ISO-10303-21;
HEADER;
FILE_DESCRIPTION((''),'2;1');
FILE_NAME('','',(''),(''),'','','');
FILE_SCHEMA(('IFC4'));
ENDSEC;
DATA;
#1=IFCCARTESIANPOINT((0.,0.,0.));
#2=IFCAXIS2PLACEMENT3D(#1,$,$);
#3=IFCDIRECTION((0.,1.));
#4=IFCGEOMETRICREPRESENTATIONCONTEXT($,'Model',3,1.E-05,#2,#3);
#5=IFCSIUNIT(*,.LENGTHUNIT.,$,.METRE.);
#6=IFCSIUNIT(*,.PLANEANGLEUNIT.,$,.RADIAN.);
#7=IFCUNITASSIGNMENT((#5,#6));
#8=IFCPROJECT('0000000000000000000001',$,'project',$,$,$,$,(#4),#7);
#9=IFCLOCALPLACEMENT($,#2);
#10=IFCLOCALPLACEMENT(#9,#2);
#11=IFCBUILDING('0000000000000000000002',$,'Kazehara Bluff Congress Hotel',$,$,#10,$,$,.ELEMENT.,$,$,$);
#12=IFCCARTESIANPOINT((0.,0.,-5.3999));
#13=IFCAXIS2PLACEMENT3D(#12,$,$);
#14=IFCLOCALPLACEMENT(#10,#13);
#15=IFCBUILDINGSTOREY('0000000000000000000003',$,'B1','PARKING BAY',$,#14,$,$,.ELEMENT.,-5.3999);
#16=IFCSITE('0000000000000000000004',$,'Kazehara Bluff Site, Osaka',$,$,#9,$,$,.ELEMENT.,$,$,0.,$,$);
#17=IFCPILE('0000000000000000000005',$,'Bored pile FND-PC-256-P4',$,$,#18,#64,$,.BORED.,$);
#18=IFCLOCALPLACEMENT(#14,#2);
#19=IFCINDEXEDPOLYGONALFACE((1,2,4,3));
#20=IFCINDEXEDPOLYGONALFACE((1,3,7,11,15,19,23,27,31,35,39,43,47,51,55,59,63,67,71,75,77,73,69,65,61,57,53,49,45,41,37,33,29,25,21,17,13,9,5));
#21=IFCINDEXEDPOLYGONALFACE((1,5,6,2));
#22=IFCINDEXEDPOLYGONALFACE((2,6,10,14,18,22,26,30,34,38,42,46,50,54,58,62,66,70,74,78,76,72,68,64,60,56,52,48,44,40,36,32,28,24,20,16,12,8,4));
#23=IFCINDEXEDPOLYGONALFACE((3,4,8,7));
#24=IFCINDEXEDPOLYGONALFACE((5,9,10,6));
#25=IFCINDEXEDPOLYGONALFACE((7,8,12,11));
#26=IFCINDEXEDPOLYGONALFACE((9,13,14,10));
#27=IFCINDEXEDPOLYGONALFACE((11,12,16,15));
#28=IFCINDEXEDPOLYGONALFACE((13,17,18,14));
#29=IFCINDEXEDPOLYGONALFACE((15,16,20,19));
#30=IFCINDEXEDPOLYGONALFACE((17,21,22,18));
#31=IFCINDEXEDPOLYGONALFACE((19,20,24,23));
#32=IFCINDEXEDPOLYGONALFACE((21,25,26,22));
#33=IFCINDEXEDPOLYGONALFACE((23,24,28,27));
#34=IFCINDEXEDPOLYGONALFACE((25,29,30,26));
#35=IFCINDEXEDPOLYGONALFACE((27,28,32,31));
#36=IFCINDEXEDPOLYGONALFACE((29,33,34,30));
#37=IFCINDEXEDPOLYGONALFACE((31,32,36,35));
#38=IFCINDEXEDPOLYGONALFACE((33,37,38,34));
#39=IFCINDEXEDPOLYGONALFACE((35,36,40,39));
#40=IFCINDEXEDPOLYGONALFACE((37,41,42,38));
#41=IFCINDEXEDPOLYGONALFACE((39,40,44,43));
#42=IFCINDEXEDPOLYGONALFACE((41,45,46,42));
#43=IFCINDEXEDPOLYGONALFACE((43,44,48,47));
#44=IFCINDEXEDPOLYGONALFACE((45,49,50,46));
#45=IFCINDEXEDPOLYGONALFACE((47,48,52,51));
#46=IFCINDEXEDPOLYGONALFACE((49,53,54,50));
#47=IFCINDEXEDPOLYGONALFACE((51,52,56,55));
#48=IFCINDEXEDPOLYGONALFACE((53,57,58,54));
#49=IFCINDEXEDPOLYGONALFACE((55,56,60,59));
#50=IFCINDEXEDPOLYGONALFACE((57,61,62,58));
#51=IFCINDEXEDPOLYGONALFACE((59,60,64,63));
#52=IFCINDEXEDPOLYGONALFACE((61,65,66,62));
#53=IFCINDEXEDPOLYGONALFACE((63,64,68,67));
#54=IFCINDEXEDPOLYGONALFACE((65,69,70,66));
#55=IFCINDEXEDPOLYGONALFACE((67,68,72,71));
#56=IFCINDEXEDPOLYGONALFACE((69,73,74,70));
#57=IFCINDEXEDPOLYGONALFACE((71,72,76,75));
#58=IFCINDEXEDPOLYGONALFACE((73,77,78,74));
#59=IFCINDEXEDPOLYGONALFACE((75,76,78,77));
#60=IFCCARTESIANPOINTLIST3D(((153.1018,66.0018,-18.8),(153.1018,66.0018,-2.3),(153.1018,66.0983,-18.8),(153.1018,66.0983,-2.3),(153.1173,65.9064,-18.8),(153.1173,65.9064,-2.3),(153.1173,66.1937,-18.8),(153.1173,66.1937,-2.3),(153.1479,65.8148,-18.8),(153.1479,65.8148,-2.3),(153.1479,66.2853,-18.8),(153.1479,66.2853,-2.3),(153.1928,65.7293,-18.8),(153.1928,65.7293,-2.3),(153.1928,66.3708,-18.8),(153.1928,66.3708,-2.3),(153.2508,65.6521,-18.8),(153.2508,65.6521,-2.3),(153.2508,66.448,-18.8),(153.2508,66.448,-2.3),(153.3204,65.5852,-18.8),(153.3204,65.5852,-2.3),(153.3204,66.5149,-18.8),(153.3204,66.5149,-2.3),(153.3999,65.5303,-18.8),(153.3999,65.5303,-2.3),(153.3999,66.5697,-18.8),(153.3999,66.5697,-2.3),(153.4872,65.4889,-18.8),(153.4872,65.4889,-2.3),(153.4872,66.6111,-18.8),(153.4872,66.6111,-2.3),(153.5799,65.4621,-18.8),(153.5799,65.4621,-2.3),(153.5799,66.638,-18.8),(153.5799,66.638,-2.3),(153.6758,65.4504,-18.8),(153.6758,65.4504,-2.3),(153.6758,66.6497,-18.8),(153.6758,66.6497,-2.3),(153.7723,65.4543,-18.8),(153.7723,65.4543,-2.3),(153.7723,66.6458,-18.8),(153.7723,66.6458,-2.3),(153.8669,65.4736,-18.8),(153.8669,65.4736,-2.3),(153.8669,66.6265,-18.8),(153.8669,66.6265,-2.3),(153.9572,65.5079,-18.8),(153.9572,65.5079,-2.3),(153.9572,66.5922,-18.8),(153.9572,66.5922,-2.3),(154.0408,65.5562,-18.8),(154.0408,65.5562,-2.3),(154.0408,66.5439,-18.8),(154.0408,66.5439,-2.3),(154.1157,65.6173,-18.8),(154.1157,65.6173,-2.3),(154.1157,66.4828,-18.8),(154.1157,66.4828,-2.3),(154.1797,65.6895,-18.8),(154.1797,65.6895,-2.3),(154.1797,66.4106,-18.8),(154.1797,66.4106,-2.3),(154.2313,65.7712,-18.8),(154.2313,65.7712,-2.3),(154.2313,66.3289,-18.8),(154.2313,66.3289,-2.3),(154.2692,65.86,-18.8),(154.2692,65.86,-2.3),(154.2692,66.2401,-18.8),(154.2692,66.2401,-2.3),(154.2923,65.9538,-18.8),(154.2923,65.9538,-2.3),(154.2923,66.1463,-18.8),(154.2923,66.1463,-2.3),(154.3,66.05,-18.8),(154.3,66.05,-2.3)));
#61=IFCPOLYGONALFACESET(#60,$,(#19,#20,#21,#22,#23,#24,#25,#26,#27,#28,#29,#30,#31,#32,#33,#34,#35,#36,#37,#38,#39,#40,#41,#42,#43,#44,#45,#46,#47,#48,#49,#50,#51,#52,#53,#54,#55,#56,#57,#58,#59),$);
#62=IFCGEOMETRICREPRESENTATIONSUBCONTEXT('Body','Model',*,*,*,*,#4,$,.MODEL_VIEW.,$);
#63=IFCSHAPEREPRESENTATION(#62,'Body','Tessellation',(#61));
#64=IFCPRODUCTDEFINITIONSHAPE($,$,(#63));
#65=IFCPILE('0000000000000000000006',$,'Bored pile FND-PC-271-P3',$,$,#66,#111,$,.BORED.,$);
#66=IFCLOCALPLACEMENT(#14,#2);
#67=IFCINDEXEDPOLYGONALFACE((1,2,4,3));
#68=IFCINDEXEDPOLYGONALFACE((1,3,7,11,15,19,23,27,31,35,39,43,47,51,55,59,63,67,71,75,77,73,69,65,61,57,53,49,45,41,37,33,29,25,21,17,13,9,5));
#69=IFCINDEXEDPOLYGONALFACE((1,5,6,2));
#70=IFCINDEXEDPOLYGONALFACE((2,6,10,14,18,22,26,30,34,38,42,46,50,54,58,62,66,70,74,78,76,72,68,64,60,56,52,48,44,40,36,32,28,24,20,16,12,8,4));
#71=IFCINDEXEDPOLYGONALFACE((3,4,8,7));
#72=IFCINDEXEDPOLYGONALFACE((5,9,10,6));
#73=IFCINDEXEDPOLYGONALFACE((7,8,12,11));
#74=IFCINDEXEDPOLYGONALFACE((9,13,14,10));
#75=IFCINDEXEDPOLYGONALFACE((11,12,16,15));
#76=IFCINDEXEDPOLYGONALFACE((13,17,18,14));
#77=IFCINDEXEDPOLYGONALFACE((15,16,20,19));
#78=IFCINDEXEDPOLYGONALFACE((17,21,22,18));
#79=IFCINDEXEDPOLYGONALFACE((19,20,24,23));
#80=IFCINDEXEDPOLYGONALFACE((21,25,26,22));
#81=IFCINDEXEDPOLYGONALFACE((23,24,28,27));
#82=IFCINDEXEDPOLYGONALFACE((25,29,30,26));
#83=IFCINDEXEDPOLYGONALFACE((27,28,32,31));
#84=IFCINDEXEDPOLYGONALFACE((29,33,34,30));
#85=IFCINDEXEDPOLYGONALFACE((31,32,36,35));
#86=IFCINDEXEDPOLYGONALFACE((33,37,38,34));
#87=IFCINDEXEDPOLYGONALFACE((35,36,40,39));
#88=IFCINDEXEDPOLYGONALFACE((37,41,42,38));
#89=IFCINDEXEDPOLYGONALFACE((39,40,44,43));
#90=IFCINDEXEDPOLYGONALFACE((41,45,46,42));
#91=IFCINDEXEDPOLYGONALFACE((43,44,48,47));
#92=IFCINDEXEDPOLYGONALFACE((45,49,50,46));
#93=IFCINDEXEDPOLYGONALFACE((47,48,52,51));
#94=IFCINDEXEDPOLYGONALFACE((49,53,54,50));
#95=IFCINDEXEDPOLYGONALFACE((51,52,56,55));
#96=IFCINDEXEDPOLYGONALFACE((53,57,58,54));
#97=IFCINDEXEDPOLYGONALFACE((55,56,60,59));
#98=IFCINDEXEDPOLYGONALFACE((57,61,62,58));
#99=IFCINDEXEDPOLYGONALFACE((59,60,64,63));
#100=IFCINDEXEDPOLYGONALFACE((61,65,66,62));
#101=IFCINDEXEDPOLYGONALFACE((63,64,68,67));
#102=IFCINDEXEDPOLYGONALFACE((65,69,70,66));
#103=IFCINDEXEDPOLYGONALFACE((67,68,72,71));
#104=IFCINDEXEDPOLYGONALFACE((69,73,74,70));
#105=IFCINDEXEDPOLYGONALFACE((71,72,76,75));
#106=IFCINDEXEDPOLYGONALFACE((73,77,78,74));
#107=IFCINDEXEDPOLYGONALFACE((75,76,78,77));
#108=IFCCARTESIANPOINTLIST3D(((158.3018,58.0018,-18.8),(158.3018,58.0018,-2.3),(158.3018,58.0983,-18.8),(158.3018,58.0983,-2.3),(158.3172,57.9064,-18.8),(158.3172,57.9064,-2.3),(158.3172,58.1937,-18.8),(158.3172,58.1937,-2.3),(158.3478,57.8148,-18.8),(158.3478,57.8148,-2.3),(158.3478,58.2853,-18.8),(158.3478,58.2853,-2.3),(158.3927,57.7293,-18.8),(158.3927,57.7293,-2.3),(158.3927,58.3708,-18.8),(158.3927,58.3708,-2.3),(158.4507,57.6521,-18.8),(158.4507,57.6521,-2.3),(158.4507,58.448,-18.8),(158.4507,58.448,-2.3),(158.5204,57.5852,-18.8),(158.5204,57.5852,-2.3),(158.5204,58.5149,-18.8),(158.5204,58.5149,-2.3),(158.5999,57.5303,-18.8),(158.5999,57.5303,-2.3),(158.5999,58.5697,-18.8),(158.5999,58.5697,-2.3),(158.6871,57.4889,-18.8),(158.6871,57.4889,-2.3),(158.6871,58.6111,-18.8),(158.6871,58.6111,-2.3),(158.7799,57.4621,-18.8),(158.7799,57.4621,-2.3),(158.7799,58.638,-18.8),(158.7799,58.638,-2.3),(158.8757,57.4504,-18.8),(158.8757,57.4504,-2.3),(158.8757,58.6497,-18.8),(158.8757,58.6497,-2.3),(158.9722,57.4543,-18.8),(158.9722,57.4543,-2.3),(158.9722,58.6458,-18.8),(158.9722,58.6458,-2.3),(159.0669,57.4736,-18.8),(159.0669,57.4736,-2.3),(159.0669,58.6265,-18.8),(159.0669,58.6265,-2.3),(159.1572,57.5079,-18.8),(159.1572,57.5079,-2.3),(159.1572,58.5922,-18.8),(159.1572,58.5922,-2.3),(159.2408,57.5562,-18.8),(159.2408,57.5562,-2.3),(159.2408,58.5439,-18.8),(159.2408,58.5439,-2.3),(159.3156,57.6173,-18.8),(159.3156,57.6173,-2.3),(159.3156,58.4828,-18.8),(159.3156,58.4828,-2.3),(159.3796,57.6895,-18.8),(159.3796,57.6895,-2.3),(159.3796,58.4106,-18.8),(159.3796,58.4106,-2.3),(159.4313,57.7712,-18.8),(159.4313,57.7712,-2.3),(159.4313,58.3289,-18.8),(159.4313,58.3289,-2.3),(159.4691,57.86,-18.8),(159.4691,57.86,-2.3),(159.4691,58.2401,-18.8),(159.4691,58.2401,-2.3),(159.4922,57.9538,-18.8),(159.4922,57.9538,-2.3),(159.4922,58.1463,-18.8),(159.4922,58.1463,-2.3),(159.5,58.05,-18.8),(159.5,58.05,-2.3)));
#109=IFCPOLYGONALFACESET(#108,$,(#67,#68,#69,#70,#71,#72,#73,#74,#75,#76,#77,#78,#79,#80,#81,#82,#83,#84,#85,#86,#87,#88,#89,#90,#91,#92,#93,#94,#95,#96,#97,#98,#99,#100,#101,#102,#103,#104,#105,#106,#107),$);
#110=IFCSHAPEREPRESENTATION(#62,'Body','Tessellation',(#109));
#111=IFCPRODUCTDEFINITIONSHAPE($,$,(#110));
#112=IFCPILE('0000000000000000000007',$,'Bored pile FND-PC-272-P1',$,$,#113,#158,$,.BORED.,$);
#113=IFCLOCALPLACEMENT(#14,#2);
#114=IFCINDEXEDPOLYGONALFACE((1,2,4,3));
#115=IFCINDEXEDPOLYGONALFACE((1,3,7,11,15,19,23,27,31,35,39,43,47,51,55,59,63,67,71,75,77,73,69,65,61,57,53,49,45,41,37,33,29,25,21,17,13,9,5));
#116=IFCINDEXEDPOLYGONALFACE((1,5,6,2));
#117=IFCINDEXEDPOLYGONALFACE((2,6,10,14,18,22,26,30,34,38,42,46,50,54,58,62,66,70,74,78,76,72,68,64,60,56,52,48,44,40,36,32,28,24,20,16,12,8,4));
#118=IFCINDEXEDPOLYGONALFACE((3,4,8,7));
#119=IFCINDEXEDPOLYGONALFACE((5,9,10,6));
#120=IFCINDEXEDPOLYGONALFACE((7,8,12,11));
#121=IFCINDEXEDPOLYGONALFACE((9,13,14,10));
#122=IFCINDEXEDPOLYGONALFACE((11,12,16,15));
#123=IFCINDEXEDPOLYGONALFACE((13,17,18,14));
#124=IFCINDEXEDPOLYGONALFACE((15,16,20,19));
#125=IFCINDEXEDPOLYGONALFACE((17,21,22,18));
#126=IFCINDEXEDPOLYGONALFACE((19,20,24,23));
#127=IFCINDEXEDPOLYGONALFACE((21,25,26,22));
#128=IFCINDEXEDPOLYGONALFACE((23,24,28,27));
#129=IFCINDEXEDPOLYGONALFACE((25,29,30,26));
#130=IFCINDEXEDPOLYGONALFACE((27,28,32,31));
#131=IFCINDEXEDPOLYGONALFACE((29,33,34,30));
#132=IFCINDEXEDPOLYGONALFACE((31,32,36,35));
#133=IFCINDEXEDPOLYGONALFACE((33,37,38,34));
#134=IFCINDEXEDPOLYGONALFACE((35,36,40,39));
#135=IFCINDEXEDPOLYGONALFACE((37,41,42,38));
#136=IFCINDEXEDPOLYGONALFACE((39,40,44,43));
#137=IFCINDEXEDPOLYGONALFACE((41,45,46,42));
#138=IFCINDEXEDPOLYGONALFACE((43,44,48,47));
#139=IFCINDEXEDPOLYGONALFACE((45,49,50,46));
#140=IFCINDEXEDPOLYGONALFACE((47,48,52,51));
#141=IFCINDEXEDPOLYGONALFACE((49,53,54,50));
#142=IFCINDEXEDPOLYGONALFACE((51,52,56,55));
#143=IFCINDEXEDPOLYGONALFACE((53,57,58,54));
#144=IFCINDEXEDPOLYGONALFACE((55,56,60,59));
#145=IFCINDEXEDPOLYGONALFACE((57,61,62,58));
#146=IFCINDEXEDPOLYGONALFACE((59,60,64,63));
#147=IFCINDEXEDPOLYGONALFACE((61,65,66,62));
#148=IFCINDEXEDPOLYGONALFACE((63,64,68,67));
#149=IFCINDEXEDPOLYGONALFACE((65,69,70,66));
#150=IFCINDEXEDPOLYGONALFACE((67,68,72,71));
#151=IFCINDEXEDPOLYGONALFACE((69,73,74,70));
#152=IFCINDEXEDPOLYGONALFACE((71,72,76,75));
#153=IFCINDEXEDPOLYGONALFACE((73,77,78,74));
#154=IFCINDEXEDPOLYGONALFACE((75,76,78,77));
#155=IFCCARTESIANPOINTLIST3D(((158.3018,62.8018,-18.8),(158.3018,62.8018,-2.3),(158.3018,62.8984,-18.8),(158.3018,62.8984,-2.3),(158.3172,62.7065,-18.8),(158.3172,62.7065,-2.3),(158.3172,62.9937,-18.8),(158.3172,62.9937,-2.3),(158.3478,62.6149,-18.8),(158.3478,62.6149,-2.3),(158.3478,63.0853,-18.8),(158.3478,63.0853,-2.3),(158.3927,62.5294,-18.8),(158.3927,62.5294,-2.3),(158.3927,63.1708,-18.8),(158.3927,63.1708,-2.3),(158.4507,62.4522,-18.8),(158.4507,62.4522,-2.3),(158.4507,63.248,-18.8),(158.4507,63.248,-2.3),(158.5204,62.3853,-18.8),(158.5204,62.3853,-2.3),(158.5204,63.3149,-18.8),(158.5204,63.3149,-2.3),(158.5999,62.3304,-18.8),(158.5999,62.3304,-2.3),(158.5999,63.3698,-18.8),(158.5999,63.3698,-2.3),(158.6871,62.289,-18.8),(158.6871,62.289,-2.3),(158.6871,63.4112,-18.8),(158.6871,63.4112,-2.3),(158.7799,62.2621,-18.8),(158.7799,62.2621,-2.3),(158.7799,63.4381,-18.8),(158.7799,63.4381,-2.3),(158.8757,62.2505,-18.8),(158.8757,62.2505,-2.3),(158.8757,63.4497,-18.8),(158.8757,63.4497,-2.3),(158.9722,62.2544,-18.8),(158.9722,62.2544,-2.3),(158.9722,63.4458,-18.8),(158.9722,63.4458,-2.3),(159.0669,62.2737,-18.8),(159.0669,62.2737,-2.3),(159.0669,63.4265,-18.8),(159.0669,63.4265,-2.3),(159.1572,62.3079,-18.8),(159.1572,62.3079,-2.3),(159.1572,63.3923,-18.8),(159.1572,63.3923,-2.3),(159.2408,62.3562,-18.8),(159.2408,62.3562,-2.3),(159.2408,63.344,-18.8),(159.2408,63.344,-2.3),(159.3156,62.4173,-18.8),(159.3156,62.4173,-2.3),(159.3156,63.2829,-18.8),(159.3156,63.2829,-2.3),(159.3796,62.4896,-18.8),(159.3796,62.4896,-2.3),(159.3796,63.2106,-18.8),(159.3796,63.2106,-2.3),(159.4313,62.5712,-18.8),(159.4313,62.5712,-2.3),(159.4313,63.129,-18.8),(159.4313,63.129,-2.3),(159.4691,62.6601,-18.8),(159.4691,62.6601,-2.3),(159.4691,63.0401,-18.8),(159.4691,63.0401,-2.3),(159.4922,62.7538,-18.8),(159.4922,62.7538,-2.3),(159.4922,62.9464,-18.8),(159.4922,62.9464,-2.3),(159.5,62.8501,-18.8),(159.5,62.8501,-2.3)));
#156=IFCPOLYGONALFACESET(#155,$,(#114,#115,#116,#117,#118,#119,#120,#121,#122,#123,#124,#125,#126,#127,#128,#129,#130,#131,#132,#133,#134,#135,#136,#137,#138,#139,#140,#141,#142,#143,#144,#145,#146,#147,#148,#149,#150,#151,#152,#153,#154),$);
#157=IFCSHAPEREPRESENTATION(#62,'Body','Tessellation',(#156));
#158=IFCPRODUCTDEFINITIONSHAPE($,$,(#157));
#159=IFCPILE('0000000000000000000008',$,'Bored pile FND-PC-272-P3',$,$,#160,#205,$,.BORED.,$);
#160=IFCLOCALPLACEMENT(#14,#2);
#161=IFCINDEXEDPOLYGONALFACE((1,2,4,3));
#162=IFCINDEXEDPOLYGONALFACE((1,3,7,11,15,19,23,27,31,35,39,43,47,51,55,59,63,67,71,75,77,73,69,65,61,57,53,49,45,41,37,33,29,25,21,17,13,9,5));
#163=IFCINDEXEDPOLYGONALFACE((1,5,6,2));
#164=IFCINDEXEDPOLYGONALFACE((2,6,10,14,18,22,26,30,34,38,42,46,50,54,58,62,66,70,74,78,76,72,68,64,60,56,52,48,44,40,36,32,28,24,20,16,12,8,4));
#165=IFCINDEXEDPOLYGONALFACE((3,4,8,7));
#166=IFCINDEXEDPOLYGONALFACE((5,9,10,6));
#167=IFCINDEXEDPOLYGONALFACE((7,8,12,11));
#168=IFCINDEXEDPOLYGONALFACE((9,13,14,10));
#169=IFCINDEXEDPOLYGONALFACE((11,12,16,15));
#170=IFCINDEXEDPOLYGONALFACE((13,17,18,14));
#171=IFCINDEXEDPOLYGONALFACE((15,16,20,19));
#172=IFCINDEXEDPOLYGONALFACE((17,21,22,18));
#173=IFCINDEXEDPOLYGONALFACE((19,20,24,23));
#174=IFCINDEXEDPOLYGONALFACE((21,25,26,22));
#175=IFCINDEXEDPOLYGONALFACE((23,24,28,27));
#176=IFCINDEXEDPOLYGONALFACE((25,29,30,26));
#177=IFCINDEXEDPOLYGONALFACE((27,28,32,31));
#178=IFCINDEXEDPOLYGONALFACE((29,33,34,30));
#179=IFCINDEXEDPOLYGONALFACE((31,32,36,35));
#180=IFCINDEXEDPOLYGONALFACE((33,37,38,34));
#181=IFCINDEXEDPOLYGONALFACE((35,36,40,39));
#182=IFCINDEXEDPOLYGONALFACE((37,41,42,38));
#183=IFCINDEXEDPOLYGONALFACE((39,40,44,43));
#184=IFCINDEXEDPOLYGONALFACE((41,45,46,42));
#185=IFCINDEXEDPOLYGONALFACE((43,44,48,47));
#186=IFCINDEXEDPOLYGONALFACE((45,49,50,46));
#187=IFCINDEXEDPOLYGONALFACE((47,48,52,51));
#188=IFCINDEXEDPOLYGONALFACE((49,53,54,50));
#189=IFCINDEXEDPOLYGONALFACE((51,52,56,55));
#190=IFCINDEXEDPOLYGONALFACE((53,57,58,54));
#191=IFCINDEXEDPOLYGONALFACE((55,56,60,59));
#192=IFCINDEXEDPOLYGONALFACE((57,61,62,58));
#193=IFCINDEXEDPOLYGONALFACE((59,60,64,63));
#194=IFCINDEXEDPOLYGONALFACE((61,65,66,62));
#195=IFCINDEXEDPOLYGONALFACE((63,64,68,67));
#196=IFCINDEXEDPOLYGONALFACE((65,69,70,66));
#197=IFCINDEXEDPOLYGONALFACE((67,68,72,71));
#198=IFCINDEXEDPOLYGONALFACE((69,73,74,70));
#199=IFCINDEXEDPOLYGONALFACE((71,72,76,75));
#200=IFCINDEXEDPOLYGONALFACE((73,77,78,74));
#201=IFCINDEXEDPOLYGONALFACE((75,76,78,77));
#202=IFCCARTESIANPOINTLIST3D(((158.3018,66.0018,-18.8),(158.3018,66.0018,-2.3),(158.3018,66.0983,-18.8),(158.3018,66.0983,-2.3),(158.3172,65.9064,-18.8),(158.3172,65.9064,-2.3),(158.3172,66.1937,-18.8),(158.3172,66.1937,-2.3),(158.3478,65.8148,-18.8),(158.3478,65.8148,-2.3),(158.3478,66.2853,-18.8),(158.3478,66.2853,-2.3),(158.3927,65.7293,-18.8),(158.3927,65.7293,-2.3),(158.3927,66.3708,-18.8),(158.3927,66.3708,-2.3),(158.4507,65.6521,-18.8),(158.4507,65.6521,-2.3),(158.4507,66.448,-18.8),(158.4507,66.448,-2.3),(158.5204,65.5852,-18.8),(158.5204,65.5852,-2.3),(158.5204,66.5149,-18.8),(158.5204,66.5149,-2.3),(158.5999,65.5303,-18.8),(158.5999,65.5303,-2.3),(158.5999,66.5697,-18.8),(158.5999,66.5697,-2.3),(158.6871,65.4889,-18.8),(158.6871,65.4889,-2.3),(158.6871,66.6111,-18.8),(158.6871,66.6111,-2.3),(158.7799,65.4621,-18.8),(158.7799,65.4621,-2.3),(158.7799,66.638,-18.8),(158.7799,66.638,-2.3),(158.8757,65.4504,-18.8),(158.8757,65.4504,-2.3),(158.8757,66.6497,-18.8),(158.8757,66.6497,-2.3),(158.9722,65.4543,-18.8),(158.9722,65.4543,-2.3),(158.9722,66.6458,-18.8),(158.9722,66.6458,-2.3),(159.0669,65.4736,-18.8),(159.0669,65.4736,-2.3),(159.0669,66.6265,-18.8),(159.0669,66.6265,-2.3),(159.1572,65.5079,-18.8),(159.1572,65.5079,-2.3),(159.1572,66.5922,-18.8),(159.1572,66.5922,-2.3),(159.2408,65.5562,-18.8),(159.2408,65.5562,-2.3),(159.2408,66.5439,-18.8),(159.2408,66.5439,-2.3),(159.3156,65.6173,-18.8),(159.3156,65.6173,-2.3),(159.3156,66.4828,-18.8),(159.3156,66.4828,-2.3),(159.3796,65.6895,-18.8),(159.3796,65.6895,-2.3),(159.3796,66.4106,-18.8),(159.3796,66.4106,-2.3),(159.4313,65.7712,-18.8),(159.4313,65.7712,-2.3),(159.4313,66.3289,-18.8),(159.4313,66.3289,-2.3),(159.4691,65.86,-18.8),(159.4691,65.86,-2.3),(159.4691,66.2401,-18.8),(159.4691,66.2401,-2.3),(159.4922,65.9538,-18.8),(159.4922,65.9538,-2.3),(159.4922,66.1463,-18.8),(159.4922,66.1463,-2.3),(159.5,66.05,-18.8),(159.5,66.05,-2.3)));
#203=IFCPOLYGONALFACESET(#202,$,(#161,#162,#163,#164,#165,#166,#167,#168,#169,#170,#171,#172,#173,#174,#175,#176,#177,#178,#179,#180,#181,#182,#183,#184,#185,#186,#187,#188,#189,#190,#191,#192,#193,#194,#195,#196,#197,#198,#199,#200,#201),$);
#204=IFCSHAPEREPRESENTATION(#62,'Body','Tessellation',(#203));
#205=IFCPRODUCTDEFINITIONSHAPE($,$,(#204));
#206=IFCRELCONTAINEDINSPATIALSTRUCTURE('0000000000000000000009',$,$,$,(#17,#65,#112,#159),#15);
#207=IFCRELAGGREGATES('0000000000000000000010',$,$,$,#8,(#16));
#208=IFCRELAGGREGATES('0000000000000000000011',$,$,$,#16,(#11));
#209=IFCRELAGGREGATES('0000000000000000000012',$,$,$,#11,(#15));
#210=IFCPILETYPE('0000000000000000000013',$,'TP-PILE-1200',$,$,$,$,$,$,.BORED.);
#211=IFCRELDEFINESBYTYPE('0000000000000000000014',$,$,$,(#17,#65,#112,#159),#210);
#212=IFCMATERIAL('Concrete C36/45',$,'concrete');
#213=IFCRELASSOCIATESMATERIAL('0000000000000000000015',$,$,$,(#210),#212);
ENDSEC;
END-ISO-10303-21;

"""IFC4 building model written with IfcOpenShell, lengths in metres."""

from ifc_helpers import new_model, si_unit, direction, frame, origin, origin_2d, place, context, subcontext, project, spatial, circle, extrude, material, material_profile, profile_set, type_object, element, save


model = new_model("IFC4")

# Units and contexts
model_context = context("Model", 3, precision=1e-05, world=origin(), true_north=direction((0.0, 1.0)))
body_context = subcontext(model_context, "Body", "Model", "MODEL_VIEW")
ifc_project = project(units=[si_unit("LENGTHUNIT", "METRE"), si_unit("PLANEANGLEUNIT", "RADIAN")], contexts=[model_context])

# Site, building, storey
site_placement = place(None, origin())
site = spatial("IfcSite", under=ifc_project, at=site_placement, Name="Kazehara Bluff Site, Osaka", CompositionType="ELEMENT", RefElevation=0.0)
building_placement = place(site_placement, origin())
building = spatial("IfcBuilding", under=site, at=building_placement, Name="Kazehara Bluff Congress Hotel", CompositionType="ELEMENT")
storey_placement = place(building_placement, frame((0.0, 0.0, -5.3999)))
storey = spatial("IfcBuildingStorey", under=building, at=storey_placement, Name="B1", Description="PARKING BAY", CompositionType="ELEMENT", Elevation=-5.3999)

# Piles
ifc_material_1 = material(Name="Concrete C36/45", Category="concrete")
ifc_material_profile_1 = material_profile(ifc_material_1, circle(Radius=0.6001, at=origin_2d()))
ifc_profile_set_1 = profile_set([ifc_material_profile_1], Name="Concrete C36/45")
pile_type = type_object("IfcPileType", Name="TP-PILE-1200", PredefinedType="BORED", material=ifc_profile_set_1)
for number, where, z_axis, x_axis, name in (
    (1, (153.7, 66.05, -2.3), (0.0, 0.0, -1.0), (1.0, 0.0, 0.0), "Bored pile FND-PC-256-P4"),
    (2, (158.8999, 58.05, -2.3), (0.0, 0.0, -1.0), (1.0, 0.0, 0.0), "Bored pile FND-PC-271-P3"),
    (3, (158.8999, 62.8501, -2.3), (0.0, 0.0, -1.0), (1.0, 0.0, 0.0), "Bored pile FND-PC-272-P1"),
    (4, (158.8999, 66.05, -2.3), (0.0, 0.0, -1.0), (1.0, 0.0, 0.0), "Bored pile FND-PC-272-P3"),
):
    element("IfcPile", number, at=place(storey_placement, frame(where, z_axis=z_axis, x_axis=x_axis)), inside=storey, type_object=pile_type, Name=name, PredefinedType="BORED", context=body_context, shape_type="SweptSolid", body=[
        extrude(circle(Radius=0.6001, at=origin_2d()), origin(), (0.0, 0.0, 1.0), 16.5),
    ])

save(model, "model.ifc")
